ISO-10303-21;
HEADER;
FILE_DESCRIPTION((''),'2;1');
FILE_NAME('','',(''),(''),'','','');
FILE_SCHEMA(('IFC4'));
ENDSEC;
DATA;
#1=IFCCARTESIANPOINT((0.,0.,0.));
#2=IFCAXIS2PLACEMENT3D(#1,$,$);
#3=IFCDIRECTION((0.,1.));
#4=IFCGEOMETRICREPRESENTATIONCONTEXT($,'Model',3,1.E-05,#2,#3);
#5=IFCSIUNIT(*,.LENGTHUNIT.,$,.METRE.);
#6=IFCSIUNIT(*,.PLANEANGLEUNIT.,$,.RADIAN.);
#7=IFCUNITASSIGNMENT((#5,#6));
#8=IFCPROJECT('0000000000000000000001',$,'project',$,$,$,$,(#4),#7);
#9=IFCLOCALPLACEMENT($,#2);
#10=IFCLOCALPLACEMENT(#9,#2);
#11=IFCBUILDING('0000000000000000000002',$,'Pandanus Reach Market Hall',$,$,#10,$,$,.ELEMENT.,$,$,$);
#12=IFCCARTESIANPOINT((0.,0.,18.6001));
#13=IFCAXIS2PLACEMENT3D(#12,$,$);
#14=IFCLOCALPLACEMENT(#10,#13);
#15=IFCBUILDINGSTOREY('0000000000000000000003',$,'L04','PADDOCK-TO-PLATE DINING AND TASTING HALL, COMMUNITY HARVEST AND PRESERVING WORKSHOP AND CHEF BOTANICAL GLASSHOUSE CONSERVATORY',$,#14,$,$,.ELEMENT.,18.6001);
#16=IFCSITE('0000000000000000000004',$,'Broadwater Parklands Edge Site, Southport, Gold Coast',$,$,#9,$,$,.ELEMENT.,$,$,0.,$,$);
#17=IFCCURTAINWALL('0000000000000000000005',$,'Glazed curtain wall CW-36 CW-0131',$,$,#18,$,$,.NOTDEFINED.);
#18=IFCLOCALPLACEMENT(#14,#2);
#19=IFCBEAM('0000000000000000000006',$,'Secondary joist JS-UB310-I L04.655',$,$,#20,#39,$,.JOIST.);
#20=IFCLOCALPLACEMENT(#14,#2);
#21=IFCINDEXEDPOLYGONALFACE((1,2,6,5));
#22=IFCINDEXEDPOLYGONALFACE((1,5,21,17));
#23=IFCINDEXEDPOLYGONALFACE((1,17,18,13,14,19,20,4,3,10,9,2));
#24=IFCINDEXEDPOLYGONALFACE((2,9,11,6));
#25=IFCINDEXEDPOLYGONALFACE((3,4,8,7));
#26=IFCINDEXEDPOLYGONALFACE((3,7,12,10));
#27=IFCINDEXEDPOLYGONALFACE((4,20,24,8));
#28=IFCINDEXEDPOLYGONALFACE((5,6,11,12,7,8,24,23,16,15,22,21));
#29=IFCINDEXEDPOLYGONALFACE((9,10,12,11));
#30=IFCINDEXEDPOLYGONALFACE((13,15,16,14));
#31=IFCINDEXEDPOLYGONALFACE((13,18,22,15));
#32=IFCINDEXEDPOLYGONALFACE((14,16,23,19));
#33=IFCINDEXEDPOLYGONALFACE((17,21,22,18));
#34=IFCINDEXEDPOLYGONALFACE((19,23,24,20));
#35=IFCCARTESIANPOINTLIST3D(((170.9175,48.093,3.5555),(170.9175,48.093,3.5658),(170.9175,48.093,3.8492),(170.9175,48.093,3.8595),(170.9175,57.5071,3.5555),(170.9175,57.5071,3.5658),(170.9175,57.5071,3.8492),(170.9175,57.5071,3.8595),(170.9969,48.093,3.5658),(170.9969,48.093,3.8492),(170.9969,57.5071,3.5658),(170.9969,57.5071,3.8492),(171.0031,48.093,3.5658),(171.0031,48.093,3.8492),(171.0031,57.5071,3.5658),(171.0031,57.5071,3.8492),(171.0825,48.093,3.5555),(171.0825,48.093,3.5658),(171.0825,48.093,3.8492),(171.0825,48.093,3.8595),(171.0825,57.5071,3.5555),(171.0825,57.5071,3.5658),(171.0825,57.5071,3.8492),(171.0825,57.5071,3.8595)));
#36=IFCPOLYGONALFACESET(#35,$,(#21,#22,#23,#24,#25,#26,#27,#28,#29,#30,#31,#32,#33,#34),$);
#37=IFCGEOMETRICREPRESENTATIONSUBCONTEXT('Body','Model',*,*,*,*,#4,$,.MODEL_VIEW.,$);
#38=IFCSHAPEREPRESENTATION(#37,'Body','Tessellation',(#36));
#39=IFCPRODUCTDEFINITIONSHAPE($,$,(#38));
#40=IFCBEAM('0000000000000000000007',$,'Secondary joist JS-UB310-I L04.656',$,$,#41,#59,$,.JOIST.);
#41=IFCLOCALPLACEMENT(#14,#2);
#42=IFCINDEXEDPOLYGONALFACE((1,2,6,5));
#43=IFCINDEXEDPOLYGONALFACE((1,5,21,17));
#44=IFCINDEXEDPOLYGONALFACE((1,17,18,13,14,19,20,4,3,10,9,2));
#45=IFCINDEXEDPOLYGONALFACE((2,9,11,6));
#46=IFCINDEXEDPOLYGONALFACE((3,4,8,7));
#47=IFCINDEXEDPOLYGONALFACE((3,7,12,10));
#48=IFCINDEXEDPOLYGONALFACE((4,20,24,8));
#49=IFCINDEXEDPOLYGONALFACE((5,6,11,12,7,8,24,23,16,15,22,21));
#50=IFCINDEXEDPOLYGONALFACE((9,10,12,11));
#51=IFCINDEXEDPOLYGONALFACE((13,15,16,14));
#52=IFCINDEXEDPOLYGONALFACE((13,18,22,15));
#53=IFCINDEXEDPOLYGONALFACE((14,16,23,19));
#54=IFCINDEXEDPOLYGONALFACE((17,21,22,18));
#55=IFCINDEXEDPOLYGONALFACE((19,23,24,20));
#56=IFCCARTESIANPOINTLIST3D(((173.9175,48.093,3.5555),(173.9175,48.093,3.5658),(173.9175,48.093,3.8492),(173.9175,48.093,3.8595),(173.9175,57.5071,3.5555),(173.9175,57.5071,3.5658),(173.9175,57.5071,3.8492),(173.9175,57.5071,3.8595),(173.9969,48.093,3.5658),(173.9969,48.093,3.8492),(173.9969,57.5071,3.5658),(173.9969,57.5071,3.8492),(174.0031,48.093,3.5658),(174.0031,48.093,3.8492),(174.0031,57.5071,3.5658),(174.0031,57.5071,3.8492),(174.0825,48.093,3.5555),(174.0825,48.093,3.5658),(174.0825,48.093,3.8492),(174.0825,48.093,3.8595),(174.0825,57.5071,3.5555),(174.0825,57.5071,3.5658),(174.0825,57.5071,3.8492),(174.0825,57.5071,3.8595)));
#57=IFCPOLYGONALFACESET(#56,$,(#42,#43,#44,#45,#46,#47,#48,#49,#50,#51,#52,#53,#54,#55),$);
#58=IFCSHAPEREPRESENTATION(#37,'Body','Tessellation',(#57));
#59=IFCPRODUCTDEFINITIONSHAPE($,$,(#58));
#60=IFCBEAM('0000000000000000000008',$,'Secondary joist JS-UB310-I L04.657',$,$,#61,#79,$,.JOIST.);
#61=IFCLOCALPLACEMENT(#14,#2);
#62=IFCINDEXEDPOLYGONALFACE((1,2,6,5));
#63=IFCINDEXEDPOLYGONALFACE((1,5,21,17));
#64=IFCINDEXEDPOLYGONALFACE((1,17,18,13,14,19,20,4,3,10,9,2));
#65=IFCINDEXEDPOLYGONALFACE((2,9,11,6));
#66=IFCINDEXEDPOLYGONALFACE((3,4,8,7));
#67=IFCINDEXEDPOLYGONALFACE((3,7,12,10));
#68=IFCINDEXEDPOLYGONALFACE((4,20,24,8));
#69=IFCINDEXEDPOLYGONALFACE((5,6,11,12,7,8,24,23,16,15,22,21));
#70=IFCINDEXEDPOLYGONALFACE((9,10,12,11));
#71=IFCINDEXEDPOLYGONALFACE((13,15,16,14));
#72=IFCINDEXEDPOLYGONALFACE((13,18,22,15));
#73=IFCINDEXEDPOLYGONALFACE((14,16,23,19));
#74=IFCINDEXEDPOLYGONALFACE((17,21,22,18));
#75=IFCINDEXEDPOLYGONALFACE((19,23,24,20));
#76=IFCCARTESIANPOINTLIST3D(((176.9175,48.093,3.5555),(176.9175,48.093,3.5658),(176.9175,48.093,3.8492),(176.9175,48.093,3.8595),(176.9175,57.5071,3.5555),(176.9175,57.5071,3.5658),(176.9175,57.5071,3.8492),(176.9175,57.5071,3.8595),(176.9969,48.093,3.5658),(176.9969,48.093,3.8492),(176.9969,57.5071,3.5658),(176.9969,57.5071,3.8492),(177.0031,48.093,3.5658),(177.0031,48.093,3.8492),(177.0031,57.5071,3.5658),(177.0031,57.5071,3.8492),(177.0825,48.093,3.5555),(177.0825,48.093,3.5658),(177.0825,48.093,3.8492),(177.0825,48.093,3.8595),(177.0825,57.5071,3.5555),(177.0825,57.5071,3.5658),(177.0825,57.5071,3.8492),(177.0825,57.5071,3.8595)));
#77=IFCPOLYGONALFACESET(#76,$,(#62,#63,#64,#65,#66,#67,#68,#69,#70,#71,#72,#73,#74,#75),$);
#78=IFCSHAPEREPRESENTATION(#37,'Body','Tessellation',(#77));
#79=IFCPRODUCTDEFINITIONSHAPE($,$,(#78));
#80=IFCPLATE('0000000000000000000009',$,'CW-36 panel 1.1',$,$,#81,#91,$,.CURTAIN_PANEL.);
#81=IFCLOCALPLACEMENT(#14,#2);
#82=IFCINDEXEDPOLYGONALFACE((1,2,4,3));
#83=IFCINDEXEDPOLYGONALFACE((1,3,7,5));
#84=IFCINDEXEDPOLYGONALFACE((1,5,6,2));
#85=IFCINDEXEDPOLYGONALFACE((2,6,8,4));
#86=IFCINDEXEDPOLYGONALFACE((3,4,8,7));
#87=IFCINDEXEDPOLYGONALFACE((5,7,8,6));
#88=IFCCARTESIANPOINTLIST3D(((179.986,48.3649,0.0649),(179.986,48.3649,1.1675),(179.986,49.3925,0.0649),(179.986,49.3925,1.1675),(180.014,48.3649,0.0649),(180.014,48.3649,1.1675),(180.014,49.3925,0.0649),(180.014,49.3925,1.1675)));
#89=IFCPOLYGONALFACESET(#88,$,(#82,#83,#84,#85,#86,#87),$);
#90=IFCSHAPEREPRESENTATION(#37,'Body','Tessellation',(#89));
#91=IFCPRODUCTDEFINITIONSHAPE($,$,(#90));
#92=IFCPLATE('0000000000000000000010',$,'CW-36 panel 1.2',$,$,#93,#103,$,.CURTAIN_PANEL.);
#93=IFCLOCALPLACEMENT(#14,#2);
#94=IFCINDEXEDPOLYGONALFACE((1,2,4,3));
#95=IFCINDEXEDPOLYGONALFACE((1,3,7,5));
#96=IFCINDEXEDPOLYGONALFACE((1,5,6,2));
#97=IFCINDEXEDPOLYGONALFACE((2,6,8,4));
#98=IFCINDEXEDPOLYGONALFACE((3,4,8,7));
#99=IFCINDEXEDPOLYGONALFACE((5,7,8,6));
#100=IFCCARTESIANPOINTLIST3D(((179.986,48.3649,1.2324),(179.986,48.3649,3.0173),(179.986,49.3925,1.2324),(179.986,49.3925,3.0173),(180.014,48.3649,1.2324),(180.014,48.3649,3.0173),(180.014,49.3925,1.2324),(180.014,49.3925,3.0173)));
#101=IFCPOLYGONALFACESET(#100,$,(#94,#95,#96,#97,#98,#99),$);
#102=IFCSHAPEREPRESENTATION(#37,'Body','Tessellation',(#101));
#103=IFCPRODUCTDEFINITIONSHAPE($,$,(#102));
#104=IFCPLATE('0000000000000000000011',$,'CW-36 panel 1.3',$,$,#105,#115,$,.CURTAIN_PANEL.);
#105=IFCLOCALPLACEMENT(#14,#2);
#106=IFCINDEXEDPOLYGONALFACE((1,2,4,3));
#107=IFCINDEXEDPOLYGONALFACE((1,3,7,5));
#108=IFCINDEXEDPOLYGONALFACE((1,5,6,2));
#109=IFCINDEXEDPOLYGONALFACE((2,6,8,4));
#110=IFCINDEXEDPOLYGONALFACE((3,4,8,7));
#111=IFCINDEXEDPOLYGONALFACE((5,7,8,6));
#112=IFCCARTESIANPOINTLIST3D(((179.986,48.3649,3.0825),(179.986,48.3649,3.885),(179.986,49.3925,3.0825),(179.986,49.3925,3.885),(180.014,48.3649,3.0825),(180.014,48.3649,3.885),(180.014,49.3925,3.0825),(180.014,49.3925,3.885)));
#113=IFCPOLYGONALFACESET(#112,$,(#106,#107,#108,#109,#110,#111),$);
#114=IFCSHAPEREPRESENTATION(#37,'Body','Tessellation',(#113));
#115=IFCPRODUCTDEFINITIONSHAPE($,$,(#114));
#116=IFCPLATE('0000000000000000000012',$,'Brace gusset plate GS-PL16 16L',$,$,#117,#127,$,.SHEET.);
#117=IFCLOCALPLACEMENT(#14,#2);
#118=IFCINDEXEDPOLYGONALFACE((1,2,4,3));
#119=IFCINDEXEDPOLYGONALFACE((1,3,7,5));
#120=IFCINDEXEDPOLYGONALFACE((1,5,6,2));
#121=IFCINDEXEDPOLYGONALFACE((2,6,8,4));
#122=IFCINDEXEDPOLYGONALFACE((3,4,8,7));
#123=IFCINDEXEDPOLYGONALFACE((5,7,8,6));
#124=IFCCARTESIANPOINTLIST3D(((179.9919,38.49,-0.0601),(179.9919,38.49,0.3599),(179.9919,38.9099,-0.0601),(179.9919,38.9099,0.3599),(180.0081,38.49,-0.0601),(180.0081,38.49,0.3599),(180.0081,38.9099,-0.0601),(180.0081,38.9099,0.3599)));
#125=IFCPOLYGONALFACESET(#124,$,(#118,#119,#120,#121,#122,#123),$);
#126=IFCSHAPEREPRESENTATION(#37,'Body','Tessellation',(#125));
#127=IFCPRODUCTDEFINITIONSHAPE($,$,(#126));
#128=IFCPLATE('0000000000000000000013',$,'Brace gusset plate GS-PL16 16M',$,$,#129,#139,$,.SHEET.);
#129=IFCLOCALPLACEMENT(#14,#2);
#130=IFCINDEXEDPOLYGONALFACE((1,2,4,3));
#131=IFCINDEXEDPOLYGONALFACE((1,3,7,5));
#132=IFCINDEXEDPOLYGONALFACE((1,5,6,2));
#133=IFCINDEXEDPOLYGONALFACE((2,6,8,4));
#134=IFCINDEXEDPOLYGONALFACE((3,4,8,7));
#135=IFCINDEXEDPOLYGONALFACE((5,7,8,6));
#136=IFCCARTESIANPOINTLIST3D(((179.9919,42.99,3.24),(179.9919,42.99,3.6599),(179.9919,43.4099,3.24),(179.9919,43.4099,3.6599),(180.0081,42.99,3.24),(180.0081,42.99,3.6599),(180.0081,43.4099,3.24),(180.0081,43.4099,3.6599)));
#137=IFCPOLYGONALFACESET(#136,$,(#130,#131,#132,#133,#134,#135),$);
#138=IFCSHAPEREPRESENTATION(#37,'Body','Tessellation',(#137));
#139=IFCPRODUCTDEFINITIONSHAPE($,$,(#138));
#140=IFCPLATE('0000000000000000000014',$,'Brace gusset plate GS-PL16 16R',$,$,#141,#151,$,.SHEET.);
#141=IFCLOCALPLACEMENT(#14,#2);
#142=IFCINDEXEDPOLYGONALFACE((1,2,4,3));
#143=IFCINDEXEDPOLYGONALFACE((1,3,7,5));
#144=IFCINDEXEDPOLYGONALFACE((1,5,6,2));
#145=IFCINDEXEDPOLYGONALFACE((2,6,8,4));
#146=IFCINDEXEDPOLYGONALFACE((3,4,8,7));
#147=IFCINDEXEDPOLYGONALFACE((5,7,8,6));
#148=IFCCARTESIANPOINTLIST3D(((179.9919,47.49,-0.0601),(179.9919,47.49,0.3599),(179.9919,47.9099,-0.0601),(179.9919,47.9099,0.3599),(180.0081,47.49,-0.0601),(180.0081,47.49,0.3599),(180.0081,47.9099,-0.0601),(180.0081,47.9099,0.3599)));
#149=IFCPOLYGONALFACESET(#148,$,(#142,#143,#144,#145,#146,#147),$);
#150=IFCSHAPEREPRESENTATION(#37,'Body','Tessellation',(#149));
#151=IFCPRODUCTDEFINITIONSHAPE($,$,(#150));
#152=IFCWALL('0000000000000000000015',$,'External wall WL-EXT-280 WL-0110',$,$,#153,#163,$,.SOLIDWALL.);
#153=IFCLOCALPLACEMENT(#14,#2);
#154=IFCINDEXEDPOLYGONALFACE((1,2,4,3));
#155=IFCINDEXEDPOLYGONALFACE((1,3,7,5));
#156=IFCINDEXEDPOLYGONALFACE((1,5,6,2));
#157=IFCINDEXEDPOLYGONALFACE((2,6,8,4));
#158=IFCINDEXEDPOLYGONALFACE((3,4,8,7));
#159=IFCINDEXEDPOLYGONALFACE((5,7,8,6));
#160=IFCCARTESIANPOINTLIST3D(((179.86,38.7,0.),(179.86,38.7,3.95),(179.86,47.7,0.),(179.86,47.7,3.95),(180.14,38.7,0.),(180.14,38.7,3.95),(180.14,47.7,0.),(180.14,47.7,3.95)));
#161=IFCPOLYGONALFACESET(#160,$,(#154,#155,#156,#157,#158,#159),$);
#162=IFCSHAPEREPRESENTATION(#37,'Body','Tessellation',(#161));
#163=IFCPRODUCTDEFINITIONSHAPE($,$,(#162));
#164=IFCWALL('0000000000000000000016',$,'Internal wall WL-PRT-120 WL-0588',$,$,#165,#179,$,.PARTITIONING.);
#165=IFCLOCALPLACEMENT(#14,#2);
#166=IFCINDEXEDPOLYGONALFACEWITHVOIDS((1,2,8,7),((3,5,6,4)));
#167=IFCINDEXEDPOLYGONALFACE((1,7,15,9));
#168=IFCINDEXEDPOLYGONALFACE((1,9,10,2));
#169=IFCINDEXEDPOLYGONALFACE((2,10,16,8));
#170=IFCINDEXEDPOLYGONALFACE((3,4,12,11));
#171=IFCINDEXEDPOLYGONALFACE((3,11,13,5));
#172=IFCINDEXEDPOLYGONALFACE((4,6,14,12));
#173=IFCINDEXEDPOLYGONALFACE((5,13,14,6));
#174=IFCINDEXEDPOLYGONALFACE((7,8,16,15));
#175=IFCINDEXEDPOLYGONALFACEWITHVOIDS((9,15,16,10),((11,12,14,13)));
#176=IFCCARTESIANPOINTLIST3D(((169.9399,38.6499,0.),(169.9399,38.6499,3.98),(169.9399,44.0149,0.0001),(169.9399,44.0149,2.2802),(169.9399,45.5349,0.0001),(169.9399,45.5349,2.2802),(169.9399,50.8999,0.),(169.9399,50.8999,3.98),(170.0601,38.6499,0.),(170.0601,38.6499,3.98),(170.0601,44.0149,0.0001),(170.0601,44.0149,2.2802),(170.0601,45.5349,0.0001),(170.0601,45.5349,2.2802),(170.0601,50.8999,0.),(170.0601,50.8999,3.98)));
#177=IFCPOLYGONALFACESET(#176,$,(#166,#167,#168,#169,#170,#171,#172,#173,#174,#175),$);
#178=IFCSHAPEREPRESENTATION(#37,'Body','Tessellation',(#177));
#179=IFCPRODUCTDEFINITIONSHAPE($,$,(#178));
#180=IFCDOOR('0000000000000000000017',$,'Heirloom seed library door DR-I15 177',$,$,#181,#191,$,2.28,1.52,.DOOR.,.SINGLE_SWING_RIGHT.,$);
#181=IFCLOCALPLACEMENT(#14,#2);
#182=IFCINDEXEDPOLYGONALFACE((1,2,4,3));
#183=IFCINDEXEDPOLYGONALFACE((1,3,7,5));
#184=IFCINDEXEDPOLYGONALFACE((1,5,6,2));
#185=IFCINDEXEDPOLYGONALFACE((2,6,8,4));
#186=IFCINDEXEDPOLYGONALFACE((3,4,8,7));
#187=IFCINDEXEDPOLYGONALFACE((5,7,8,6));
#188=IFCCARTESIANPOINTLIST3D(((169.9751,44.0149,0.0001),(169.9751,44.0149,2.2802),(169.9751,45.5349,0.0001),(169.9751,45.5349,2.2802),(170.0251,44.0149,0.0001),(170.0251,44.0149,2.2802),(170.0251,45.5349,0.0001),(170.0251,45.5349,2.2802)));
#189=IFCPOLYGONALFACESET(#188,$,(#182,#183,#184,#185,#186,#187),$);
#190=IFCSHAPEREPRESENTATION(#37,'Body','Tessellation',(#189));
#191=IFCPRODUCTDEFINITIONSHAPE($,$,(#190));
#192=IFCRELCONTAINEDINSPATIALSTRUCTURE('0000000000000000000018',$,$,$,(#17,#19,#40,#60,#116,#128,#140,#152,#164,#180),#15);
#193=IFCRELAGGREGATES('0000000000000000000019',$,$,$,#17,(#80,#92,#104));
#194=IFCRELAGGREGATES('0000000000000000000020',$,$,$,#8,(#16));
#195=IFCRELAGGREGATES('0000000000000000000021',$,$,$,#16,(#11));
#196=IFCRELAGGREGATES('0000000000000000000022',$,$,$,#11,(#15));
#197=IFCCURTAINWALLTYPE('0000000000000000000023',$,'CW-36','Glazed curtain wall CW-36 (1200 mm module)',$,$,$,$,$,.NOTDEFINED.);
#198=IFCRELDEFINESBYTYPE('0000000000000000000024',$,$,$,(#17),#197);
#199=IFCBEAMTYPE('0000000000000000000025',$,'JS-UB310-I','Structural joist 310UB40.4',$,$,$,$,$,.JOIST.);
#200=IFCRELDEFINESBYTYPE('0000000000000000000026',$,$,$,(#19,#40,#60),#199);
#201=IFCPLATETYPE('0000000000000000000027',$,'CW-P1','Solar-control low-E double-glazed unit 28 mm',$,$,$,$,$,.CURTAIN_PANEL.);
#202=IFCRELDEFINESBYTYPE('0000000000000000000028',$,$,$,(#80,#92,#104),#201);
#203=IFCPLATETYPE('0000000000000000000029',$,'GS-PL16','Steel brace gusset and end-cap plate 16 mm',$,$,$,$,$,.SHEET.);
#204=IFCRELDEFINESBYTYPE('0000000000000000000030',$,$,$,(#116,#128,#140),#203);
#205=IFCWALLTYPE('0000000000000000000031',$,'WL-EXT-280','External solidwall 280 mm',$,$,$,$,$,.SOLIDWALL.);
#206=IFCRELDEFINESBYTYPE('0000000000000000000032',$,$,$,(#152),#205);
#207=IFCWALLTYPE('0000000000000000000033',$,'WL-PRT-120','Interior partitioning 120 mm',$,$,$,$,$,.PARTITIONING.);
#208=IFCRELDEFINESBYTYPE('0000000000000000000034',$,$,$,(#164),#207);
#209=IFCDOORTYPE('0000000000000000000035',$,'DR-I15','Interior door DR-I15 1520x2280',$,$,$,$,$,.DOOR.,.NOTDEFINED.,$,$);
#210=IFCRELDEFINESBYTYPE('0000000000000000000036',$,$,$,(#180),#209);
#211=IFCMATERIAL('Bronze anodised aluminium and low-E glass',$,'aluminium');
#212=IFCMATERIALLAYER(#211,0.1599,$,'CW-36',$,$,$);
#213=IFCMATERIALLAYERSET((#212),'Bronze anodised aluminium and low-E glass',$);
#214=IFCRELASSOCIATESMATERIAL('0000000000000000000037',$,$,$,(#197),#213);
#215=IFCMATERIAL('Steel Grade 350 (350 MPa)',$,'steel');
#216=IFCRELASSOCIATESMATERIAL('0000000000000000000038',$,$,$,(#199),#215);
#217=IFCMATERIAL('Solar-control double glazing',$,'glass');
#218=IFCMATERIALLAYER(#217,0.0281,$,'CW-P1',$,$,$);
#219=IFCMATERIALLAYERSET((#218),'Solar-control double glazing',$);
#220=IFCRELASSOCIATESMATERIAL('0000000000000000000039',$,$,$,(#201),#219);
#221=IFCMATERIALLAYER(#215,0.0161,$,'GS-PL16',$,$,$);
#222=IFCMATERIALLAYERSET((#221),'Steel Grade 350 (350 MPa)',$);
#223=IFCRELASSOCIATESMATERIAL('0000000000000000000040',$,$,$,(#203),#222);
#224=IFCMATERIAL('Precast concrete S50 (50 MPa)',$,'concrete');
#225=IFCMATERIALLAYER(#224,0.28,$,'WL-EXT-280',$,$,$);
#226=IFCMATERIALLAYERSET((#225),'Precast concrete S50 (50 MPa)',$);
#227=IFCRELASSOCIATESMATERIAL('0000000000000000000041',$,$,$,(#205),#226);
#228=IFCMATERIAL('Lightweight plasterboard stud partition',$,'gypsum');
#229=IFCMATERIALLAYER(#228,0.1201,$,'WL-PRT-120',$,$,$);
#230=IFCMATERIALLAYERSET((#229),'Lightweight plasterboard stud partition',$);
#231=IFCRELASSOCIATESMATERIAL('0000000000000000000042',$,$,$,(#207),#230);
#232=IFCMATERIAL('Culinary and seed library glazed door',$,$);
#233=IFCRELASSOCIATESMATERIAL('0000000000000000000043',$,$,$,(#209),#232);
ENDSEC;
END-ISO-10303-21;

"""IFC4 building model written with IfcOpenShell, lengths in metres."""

from ifc_helpers import new_model, si_unit, direction, frame, frame_2d, origin, origin_2d, place, context, subcontext, project, spatial, rectangle, i_section, extrude, material, layer, layer_set, material_profile, profile_set, type_object, element, fill, aggregate, save


model = new_model("IFC4")

# Units and contexts
model_context = context("Model", 3, precision=1e-05, world=origin(), true_north=direction((0.0, 1.0)))
body_context = subcontext(model_context, "Body", "Model", "MODEL_VIEW")
ifc_project = project(units=[si_unit("LENGTHUNIT", "METRE"), si_unit("PLANEANGLEUNIT", "RADIAN")], contexts=[model_context])

# Site, building, storey
site_placement = place(None, origin())
site = spatial("IfcSite", under=ifc_project, at=site_placement, Name="Broadwater Parklands Edge Site, Southport, Gold Coast", CompositionType="ELEMENT", RefElevation=0.0)
building_placement = place(site_placement, origin())
building = spatial("IfcBuilding", under=site, at=building_placement, Name="Pandanus Reach Market Hall", CompositionType="ELEMENT")
storey_placement = place(building_placement, frame((0.0, 0.0, 18.6001)))
storey = spatial("IfcBuildingStorey", under=building, at=storey_placement, Name="L04", Description="PADDOCK-TO-PLATE DINING AND TASTING HALL, COMMUNITY HARVEST AND PRESERVING WORKSHOP AND CHEF BOTANICAL GLASSHOUSE CONSERVATORY", CompositionType="ELEMENT", Elevation=18.6001)

# Shared definitions
ifc_material_1 = material(Name="Steel Grade 350 (350 MPa)", Category="steel")

# Curtain wall
ifc_material_2 = material(Name="Bronze anodised aluminium and low-E glass", Category="aluminium")
ifc_layer_1 = layer(ifc_material_2, 0.1599, Name="CW-36")
ifc_layer_set_1 = layer_set([ifc_layer_1], Name="Bronze anodised aluminium and low-E glass")
curtain_wall_type = type_object("IfcCurtainWallType", Name="CW-36", Description="Glazed curtain wall CW-36 (1200 mm module)", PredefinedType="NOTDEFINED", material=ifc_layer_set_1)
curtain_wall_placement = place(storey_placement, origin())
curtain_wall = element("IfcCurtainWall", 1, at=curtain_wall_placement, inside=storey, type_object=curtain_wall_type, Name="Glazed curtain wall CW-36 CW-0131", PredefinedType="NOTDEFINED")

# Beams
ifc_material_profile_1 = material_profile(ifc_material_1, i_section(OverallWidth=0.165, OverallDepth=0.304, WebThickness=0.0061, FlangeThickness=0.0103, at=origin_2d()), Name="310UB40.4", Category="LoadBearing")
ifc_profile_set_1 = profile_set([ifc_material_profile_1], Name="Steel Grade 350 (350 MPa)")
beam_type_1 = type_object("IfcBeamType", Name="JS-UB310-I", Description="Structural joist 310UB40.4", PredefinedType="JOIST", material=ifc_profile_set_1)
for number, where, z_axis, x_axis, name in (
    (2, (171.0, 48.093, 3.7075), (0.0, 1.0, 0.0), (-1.0, 0.0, 0.0), "Secondary joist JS-UB310-I L04.655"),
    (3, (174.0, 48.093, 3.7075), (0.0, 1.0, 0.0), (-1.0, 0.0, 0.0), "Secondary joist JS-UB310-I L04.656"),
    (4, (177.0, 48.093, 3.7075), (0.0, 1.0, 0.0), (-1.0, 0.0, 0.0), "Secondary joist JS-UB310-I L04.657"),
):
    element("IfcBeam", number, at=place(storey_placement, frame(where, z_axis=z_axis, x_axis=x_axis)), inside=storey, type_object=beam_type_1, Name=name, PredefinedType="JOIST", context=body_context, shape_type="SweptSolid", body=[
        extrude(i_section(OverallWidth=0.165, OverallDepth=0.304, WebThickness=0.0061, FlangeThickness=0.0103, at=origin_2d()), origin(), (0.0, 0.0, 1.0), 9.4141),
    ])

# Plates
ifc_material_3 = material(Name="Solar-control double glazing", Category="glass")
ifc_layer_2 = layer(ifc_material_3, 0.0281, Name="CW-P1")
ifc_layer_set_2 = layer_set([ifc_layer_2], Name="Solar-control double glazing")
plate_type_1 = type_object("IfcPlateType", Name="CW-P1", Description="Solar-control low-E double-glazed unit 28 mm", PredefinedType="CURTAIN_PANEL", material=ifc_layer_set_2)
plate_1_placement = place(storey_placement, frame((180.0, 48.8787, 0.0649), z_axis=(0.0, 0.0, 1.0), x_axis=(0.0, 1.0, 0.0)))
plate_1 = element("IfcPlate", 5, at=plate_1_placement, type_object=plate_type_1, Name="CW-36 panel 1.1", PredefinedType="CURTAIN_PANEL", context=body_context, shape_type="SweptSolid", body=[
    extrude(rectangle(XDim=1.0276, YDim=0.0281, at=origin_2d()), origin(), (0.0, 0.0, 1.0), 1.1025),
])
plate_2_placement = place(storey_placement, frame((180.0, 48.8787, 1.2324), z_axis=(0.0, 0.0, 1.0), x_axis=(0.0, 1.0, 0.0)))
plate_2 = element("IfcPlate", 6, at=plate_2_placement, type_object=plate_type_1, Name="CW-36 panel 1.2", PredefinedType="CURTAIN_PANEL", context=body_context, shape_type="SweptSolid", body=[
    extrude(rectangle(XDim=1.0276, YDim=0.0281, at=origin_2d()), origin(), (0.0, 0.0, 1.0), 1.7849),
])
plate_3_placement = place(storey_placement, frame((180.0, 48.8787, 3.0825), z_axis=(0.0, 0.0, 1.0), x_axis=(0.0, 1.0, 0.0)))
plate_3 = element("IfcPlate", 7, at=plate_3_placement, type_object=plate_type_1, Name="CW-36 panel 1.3", PredefinedType="CURTAIN_PANEL", context=body_context, shape_type="SweptSolid", body=[
    extrude(rectangle(XDim=1.0276, YDim=0.0281, at=origin_2d()), origin(), (0.0, 0.0, 1.0), 0.8025),
])
aggregate(curtain_wall, [plate_1, plate_2, plate_3])

# Plates
ifc_layer_3 = layer(ifc_material_1, 0.0161, Name="GS-PL16")
ifc_layer_set_3 = layer_set([ifc_layer_3], Name="Steel Grade 350 (350 MPa)")
plate_type_2 = type_object("IfcPlateType", Name="GS-PL16", Description="Steel brace gusset and end-cap plate 16 mm", PredefinedType="SHEET", material=ifc_layer_set_3)
for number, where, z_axis, x_axis, name in (
    (8, (180.0, 38.7, -0.0601), (0.0, 0.0, 1.0), (0.0, 1.0, 0.0), "Brace gusset plate GS-PL16 16L"),
    (9, (180.0, 43.2, 3.24), (0.0, 0.0, 1.0), (0.0, 1.0, 0.0), "Brace gusset plate GS-PL16 16M"),
    (10, (180.0, 47.7, -0.0601), (0.0, 0.0, 1.0), (0.0, 1.0, 0.0), "Brace gusset plate GS-PL16 16R"),
):
    element("IfcPlate", number, at=place(storey_placement, frame(where, z_axis=z_axis, x_axis=x_axis)), inside=storey, type_object=plate_type_2, Name=name, PredefinedType="SHEET", context=body_context, shape_type="SweptSolid", body=[
        extrude(rectangle(XDim=0.4199, YDim=0.0161, at=origin_2d()), origin(), (0.0, 0.0, 1.0), 0.4199),
    ])

# Wall
ifc_material_4 = material(Name="Precast concrete S50 (50 MPa)", Category="concrete")
ifc_layer_4 = layer(ifc_material_4, 0.28, Name="WL-EXT-280")
ifc_layer_set_4 = layer_set([ifc_layer_4], Name="Precast concrete S50 (50 MPa)")
wall_type_1 = type_object("IfcWallType", Name="WL-EXT-280", Description="External solidwall 280 mm", PredefinedType="SOLIDWALL", material=ifc_layer_set_4)
wall_1_placement = place(storey_placement, frame((180.0, 38.7, 0.0), z_axis=(0.0, 0.0, 1.0), x_axis=(0.0, 1.0, 0.0)))
element("IfcWall", 11, at=wall_1_placement, inside=storey, type_object=wall_type_1, Name="External wall WL-EXT-280 WL-0110", PredefinedType="SOLIDWALL", context=body_context, shape_type="SweptSolid", body=[
    extrude(rectangle(XDim=9.0, YDim=0.28, at=frame_2d((4.5, 0.0))), origin(), (0.0, 0.0, 1.0), 3.95),
])

# Wall, opening, door
ifc_material_5 = material(Name="Lightweight plasterboard stud partition", Category="gypsum")
ifc_layer_5 = layer(ifc_material_5, 0.1201, Name="WL-PRT-120")
ifc_layer_set_5 = layer_set([ifc_layer_5], Name="Lightweight plasterboard stud partition")
wall_type_2 = type_object("IfcWallType", Name="WL-PRT-120", Description="Interior partitioning 120 mm", PredefinedType="PARTITIONING", material=ifc_layer_set_5)
wall_2_placement = place(storey_placement, frame((170.0, 38.6499, 0.0), z_axis=(0.0, 0.0, 1.0), x_axis=(0.0, 1.0, 0.0)))
wall_2 = element("IfcWall", 12, at=wall_2_placement, inside=storey, type_object=wall_type_2, Name="Internal wall WL-PRT-120 WL-0588", PredefinedType="PARTITIONING", context=body_context, shape_type="SweptSolid", body=[
    extrude(rectangle(XDim=12.25, YDim=0.1201, at=frame_2d((6.125, 0.0))), origin(), (0.0, 0.0, 1.0), 3.98),
])
opening_placement = place(wall_2_placement, frame((5.365, 0.0, 0.0)))
opening = element("IfcOpeningElement", 13, at=opening_placement, cuts=wall_2, PredefinedType="OPENING", context=body_context, shape_type="SweptSolid", body=[
    extrude(rectangle(XDim=1.52, YDim=2.28, at=frame_2d((0.76, 1.1401))), frame((0.0, 0.075, 0.0), z_axis=(0.0, -1.0, 0.0), x_axis=(1.0, 0.0, 0.0)), (0.0, 0.0, 1.0), 0.1501),
])
ifc_material_6 = material(Name="Culinary and seed library glazed door")
door_type = type_object("IfcDoorType", Name="DR-I15", Description="Interior door DR-I15 1520x2280", OperationType="NOTDEFINED", PredefinedType="DOOR", material=ifc_material_6)
door_placement = place(opening_placement, origin())
door = element("IfcDoor", 14, at=door_placement, inside=storey, type_object=door_type, Name="Heirloom seed library door DR-I15 177", OperationType="SINGLE_SWING_RIGHT", OverallHeight=2.28, OverallWidth=1.52, PredefinedType="DOOR", context=body_context, shape_type="SweptSolid", body=[
    extrude(rectangle(XDim=1.52, YDim=2.28, at=frame_2d((0.76, 1.1401))), frame((0.0, 0.0249, 0.0), z_axis=(0.0, -1.0, 0.0), x_axis=(1.0, 0.0, 0.0)), (0.0, 0.0, 1.0), 0.05),
])
fill(opening, door)

save(model, "model.ifc")
